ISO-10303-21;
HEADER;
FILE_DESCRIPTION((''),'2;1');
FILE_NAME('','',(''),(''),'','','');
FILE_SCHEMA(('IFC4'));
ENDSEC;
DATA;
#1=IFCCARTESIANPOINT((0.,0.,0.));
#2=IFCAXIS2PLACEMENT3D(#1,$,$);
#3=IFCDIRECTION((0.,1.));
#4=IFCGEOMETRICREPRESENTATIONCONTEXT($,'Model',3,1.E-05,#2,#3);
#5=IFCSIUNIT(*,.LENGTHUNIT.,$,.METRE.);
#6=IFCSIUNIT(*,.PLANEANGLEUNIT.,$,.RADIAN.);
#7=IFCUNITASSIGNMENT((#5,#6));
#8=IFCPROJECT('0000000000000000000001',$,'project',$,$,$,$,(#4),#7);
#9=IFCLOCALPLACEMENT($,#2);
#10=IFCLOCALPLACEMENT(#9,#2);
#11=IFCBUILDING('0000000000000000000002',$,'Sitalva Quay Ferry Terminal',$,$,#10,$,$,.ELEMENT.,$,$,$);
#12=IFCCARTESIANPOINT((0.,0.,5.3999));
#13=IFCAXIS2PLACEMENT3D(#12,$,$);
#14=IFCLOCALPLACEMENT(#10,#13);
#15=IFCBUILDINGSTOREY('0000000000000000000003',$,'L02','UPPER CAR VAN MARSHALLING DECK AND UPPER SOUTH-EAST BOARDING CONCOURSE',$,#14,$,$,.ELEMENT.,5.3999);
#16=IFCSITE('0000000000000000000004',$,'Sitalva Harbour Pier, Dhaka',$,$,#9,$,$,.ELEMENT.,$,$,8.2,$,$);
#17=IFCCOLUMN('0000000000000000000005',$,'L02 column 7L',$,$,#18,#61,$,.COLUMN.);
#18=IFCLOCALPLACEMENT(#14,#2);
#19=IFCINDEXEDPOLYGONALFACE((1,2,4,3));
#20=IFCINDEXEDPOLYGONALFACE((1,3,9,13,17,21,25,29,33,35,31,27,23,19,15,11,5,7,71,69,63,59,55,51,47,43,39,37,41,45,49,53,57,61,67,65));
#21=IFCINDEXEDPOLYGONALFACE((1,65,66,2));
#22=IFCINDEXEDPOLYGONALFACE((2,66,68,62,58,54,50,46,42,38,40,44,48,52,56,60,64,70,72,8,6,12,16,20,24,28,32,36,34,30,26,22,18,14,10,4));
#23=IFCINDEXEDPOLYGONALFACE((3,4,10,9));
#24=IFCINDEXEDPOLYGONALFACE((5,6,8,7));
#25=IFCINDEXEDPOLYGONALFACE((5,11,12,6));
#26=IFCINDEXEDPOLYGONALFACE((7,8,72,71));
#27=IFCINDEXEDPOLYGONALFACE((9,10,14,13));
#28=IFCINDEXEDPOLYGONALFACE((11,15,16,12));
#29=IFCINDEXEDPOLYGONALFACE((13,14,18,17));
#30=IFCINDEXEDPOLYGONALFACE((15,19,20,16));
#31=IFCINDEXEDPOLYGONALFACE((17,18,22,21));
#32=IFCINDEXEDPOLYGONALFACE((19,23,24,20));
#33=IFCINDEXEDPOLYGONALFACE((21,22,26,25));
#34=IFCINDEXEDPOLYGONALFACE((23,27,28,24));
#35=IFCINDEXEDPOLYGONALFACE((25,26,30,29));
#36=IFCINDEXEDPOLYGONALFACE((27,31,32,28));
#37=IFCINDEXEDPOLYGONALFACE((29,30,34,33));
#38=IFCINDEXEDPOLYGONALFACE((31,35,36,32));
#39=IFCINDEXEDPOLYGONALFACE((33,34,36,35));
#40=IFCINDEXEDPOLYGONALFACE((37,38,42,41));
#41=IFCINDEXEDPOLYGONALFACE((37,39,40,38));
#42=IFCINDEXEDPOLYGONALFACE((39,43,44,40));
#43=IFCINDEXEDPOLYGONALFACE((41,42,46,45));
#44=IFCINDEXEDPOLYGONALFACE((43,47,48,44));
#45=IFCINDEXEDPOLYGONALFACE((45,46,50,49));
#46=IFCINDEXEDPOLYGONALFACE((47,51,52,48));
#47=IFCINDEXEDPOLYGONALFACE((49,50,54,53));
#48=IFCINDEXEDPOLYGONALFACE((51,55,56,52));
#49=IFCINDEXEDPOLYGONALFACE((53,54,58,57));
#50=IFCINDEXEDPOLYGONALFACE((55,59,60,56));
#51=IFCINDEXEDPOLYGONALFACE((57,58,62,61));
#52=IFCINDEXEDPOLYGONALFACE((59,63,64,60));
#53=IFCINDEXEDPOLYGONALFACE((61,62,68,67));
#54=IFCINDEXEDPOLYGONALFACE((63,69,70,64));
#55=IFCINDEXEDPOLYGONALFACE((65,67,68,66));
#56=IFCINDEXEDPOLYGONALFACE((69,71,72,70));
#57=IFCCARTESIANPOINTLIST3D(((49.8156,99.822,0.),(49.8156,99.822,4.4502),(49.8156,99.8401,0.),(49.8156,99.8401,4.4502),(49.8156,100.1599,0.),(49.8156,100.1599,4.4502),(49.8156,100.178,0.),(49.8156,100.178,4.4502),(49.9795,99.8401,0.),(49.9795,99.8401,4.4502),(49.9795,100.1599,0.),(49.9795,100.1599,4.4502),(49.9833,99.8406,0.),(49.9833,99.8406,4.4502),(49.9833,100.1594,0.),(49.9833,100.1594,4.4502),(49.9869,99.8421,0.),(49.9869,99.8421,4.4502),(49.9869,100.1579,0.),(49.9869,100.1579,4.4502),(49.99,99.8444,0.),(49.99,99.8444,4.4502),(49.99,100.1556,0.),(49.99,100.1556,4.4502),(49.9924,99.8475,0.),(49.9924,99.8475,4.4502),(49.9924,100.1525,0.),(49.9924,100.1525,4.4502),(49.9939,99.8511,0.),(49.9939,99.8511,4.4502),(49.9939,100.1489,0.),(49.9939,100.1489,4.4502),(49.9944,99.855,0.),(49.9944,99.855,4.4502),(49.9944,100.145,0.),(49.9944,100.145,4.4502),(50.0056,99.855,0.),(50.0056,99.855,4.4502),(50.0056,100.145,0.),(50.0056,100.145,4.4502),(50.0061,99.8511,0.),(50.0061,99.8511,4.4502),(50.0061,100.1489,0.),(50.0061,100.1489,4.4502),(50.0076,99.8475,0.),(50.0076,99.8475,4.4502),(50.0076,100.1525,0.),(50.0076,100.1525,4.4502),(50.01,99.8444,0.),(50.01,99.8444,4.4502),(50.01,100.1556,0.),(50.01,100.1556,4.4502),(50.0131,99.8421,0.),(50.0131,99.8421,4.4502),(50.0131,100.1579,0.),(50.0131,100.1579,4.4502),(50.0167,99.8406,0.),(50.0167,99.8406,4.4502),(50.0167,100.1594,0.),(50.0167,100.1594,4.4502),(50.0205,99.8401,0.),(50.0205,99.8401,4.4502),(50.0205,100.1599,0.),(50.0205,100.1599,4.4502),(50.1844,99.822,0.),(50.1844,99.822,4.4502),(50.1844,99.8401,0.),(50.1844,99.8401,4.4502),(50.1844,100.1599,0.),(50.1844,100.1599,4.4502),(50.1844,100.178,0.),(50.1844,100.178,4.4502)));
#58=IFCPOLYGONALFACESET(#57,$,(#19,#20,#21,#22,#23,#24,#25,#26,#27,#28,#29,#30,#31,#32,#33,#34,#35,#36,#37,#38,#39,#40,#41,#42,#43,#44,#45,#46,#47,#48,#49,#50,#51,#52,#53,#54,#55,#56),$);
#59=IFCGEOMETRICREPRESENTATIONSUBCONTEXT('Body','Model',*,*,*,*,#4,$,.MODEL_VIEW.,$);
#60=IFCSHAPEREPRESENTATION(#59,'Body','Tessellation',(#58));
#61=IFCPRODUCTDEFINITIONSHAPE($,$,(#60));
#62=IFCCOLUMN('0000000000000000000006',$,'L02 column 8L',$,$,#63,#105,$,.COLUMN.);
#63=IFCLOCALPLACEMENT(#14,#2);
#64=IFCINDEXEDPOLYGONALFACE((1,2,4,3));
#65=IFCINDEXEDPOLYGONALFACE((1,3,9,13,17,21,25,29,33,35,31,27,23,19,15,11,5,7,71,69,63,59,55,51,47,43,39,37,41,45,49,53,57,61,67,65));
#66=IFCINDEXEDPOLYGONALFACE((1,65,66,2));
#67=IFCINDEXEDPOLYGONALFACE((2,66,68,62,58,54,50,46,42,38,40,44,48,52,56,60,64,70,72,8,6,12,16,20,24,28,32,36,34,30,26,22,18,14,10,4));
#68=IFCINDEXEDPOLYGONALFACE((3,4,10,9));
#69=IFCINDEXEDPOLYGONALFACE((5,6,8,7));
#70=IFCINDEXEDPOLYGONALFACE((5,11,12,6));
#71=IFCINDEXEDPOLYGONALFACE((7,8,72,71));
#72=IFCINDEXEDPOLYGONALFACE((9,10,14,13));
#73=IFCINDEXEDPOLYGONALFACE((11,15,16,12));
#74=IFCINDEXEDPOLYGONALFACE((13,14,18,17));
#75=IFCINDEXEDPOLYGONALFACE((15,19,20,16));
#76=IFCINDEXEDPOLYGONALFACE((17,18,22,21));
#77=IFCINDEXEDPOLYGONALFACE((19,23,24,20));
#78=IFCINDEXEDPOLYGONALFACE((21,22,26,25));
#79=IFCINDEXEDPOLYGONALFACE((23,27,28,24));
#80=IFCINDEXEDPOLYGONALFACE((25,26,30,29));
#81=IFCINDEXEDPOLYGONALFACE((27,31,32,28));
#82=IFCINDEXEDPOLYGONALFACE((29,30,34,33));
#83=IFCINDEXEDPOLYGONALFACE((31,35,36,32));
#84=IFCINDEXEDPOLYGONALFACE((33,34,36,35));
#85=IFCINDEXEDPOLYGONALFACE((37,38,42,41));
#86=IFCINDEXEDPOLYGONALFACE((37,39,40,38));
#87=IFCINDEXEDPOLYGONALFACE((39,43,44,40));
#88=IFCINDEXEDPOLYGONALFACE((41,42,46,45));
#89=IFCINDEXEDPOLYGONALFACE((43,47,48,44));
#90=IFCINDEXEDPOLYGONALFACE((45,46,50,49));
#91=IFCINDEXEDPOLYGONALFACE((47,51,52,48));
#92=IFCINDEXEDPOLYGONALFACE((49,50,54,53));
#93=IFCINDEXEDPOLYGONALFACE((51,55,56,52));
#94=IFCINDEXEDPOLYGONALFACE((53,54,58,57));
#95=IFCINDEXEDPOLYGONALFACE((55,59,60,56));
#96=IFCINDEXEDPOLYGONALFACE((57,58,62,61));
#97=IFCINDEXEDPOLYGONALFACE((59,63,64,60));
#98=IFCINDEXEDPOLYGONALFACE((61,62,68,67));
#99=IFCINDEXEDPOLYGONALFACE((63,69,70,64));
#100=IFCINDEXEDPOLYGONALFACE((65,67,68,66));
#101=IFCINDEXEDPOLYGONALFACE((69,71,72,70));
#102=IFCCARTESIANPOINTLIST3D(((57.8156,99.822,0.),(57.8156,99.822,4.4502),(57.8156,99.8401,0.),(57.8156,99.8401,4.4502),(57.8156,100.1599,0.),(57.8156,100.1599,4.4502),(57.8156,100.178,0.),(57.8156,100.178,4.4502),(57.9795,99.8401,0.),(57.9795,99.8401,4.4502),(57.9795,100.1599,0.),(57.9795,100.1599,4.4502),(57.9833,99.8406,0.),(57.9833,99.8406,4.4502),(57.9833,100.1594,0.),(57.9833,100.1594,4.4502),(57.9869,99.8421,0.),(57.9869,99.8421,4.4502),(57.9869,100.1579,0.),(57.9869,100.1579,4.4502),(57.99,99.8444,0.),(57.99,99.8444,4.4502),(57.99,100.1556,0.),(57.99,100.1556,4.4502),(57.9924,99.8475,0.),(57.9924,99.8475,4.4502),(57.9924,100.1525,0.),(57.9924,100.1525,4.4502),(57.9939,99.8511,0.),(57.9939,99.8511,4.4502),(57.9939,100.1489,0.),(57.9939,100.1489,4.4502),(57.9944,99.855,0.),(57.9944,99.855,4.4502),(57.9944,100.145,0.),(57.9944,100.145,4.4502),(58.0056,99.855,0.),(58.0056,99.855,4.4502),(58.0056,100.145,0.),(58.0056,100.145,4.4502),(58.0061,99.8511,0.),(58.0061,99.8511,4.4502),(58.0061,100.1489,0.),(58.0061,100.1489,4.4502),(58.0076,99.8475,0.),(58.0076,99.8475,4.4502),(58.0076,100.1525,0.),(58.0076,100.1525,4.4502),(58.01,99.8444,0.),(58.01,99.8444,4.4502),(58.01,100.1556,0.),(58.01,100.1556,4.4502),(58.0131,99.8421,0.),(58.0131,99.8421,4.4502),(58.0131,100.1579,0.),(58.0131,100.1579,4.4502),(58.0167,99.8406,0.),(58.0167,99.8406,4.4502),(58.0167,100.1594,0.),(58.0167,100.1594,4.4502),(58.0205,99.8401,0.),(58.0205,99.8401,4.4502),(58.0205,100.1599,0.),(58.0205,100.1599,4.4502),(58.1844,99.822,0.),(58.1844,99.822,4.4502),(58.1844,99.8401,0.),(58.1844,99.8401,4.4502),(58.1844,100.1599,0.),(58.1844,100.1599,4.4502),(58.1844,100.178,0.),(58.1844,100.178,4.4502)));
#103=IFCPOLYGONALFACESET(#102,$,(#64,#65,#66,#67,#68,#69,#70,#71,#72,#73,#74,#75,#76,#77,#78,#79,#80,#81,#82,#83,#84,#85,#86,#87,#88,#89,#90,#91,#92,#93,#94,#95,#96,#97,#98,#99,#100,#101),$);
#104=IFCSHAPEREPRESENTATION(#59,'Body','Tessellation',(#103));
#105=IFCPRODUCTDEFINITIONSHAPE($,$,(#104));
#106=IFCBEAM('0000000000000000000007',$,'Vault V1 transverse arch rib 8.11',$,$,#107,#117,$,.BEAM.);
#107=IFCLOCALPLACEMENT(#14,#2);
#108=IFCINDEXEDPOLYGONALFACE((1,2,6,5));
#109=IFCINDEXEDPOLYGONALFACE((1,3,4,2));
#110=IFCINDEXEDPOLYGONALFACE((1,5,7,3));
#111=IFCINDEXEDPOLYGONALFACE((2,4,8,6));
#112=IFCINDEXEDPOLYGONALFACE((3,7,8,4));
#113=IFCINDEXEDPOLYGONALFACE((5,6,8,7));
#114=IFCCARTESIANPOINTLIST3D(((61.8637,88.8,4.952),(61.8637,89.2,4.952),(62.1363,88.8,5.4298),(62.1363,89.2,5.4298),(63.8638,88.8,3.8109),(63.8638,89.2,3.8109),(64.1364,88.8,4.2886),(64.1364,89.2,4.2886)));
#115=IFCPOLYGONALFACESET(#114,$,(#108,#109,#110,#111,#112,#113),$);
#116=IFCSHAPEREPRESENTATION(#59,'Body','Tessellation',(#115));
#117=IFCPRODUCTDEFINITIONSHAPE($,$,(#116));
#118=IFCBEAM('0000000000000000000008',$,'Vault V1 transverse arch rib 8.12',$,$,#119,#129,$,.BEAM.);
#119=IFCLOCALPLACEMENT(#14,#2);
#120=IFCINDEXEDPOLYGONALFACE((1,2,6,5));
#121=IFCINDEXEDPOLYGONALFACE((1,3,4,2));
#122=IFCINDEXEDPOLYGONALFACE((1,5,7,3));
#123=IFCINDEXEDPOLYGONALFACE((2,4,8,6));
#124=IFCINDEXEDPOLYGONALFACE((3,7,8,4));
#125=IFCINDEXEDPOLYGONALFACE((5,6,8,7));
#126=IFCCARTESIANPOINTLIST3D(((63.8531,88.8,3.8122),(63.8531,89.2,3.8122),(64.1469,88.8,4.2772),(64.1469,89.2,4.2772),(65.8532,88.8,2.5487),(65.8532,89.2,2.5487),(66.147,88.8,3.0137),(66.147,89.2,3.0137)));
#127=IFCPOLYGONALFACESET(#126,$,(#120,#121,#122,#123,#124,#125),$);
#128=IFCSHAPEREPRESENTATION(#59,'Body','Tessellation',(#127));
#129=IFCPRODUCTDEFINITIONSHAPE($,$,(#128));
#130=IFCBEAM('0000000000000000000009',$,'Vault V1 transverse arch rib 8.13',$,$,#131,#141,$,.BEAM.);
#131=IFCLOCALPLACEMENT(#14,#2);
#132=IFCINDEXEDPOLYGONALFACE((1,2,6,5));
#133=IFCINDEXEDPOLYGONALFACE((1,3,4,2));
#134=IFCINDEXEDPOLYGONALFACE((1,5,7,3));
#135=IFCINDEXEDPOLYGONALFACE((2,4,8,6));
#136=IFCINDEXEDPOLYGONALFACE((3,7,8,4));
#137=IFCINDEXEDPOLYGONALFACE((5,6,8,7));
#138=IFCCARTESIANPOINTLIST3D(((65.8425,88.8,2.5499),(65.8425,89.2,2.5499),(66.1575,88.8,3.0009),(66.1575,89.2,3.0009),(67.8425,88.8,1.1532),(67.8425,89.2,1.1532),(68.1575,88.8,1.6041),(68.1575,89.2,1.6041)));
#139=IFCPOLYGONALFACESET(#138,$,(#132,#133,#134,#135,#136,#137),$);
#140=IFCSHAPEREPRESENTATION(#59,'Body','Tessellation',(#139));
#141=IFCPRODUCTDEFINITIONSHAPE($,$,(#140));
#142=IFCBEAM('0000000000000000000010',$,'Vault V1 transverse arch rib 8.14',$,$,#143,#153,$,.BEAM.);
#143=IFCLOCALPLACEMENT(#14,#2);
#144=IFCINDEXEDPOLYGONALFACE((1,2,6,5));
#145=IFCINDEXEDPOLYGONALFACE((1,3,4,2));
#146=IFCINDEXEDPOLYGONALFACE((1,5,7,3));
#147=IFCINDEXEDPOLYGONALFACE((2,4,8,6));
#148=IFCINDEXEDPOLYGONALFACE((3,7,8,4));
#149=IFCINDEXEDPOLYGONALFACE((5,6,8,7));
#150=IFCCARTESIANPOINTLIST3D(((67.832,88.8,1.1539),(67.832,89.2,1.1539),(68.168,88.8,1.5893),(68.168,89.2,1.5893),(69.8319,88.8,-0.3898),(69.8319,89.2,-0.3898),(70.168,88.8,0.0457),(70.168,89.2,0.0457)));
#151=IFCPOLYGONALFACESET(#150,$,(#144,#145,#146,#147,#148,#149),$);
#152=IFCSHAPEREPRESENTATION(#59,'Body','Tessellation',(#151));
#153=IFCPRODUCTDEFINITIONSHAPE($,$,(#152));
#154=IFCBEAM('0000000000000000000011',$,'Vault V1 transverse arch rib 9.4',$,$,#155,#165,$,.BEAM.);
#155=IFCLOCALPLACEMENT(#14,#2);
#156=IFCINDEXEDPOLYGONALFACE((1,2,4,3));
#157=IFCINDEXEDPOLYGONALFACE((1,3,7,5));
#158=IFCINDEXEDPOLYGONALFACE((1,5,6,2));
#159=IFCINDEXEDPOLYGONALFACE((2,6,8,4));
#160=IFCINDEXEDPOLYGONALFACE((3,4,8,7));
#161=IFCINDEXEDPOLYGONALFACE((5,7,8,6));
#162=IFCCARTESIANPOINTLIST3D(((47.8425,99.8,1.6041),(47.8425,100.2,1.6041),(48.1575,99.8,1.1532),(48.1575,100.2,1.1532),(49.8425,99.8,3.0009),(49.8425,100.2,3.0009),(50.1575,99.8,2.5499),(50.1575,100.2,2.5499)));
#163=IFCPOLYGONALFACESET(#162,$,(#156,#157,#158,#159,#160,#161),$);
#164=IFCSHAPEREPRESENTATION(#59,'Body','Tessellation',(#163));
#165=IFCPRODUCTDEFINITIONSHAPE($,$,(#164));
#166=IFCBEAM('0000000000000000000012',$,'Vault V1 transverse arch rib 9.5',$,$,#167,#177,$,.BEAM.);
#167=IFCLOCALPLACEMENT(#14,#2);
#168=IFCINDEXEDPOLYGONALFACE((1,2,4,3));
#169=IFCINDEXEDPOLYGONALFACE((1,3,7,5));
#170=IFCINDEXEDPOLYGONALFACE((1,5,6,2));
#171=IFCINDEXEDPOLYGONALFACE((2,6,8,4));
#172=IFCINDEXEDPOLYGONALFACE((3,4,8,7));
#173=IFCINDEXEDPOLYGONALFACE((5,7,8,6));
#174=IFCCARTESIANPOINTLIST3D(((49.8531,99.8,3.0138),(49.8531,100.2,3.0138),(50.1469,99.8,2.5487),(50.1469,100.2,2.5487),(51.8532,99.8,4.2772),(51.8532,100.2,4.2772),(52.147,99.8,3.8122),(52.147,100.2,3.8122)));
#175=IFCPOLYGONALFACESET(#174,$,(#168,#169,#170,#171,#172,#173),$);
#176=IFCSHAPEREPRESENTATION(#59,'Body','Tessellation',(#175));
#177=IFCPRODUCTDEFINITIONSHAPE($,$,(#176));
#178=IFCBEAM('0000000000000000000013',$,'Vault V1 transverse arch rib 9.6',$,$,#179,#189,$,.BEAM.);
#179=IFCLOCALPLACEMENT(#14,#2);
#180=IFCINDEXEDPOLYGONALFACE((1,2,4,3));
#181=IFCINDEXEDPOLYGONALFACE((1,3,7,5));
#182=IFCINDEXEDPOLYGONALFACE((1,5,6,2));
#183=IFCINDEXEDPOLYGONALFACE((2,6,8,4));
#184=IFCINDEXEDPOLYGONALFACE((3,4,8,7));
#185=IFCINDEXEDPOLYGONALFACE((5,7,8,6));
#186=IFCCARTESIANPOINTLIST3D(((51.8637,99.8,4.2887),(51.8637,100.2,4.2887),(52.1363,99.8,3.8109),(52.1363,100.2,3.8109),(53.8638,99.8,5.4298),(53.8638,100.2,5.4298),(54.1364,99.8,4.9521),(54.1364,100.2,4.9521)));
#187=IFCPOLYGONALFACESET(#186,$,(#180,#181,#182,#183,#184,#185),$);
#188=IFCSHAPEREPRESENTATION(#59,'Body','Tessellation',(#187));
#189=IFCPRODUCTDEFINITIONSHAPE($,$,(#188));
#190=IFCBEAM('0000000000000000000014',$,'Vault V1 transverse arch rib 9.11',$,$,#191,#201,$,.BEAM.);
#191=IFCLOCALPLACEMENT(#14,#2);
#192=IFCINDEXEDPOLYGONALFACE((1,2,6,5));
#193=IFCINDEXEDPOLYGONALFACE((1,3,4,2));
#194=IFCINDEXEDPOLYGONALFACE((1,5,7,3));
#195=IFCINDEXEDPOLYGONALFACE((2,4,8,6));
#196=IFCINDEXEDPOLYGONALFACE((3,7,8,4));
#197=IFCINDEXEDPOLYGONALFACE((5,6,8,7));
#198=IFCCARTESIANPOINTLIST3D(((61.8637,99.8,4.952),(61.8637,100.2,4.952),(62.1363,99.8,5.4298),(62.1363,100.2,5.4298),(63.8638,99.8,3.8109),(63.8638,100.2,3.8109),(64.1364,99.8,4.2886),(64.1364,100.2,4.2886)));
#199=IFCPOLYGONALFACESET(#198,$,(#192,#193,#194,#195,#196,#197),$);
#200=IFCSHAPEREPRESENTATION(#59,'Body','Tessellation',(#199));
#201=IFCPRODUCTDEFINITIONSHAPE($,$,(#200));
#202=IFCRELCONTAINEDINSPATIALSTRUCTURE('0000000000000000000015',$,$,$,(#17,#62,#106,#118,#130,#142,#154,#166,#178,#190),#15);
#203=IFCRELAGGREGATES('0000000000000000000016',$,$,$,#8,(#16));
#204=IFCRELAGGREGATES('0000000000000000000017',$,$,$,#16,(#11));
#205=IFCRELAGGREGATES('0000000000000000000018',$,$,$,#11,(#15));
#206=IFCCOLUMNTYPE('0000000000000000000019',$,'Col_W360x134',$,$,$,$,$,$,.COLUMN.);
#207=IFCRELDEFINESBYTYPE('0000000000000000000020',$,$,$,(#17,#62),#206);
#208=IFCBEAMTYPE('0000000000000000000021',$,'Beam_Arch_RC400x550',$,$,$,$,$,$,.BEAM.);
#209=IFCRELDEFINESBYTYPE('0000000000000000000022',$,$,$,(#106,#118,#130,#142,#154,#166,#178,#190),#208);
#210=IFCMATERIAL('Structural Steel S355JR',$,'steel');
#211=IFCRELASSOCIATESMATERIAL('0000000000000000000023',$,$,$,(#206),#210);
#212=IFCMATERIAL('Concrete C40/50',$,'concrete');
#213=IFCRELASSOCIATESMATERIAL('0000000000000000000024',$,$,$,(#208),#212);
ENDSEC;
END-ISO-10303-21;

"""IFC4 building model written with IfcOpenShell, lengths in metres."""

from ifc_helpers import new_model, si_unit, direction, frame, origin, origin_2d, place, context, subcontext, project, spatial, rectangle, i_section, extrude, material, material_profile, profile_set, type_object, element, save


model = new_model("IFC4")

# Units and contexts
model_context = context("Model", 3, precision=1e-05, world=origin(), true_north=direction((0.0, 1.0)))
body_context = subcontext(model_context, "Body", "Model", "MODEL_VIEW")
ifc_project = project(units=[si_unit("LENGTHUNIT", "METRE"), si_unit("PLANEANGLEUNIT", "RADIAN")], contexts=[model_context])

# Site, building, storey
site_placement = place(None, origin())
site = spatial("IfcSite", under=ifc_project, at=site_placement, Name="Sitalva Harbour Pier, Dhaka", CompositionType="ELEMENT", RefElevation=8.2)
building_placement = place(site_placement, origin())
building = spatial("IfcBuilding", under=site, at=building_placement, Name="Sitalva Quay Ferry Terminal", CompositionType="ELEMENT")
storey_placement = place(building_placement, frame((0.0, 0.0, 5.3999)))
storey = spatial("IfcBuildingStorey", under=building, at=storey_placement, Name="L02", Description="UPPER CAR VAN MARSHALLING DECK AND UPPER SOUTH-EAST BOARDING CONCOURSE", CompositionType="ELEMENT", Elevation=5.3999)

# Columns
ifc_material_1 = material(Name="Structural Steel S355JR", Category="steel")
ifc_material_profile_1 = material_profile(ifc_material_1, i_section(OverallWidth=0.3689, OverallDepth=0.356, WebThickness=0.0112, FlangeThickness=0.0181, FilletRadius=0.0149, at=origin_2d()), Name="W360x134")
ifc_profile_set_1 = profile_set([ifc_material_profile_1], Name="Structural Steel S355JR")
column_type = type_object("IfcColumnType", Name="Col_W360x134", PredefinedType="COLUMN", material=ifc_profile_set_1)
for number, where, z_axis, x_axis, name in (
    (1, (50.0, 100.0, 0.0), (0.0, 0.0, 1.0), (1.0, 0.0, 0.0), "L02 column 7L"),
    (2, (58.0, 100.0, 0.0), (0.0, 0.0, 1.0), (1.0, 0.0, 0.0), "L02 column 8L"),
):
    element("IfcColumn", number, at=place(storey_placement, frame(where, z_axis=z_axis, x_axis=x_axis)), inside=storey, type_object=column_type, Name=name, PredefinedType="COLUMN", context=body_context, shape_type="SweptSolid", body=[
        extrude(i_section(OverallWidth=0.3689, OverallDepth=0.356, WebThickness=0.0112, FlangeThickness=0.0181, FilletRadius=0.0149, at=origin_2d()), origin(), (0.0, 0.0, 1.0), 4.4502),
    ])

# Beams
ifc_material_2 = material(Name="Concrete C40/50", Category="concrete")
ifc_material_profile_2 = material_profile(ifc_material_2, rectangle(XDim=0.3999, YDim=0.55, at=origin_2d()), Name="RC400x550")
ifc_profile_set_2 = profile_set([ifc_material_profile_2], Name="Concrete C40/50")
beam_type_1 = type_object("IfcBeamType", Name="Beam_Arch_RC400x550", PredefinedType="BEAM", material=ifc_profile_set_2)
beam_1_placement = place(storey_placement, frame((62.0, 89.0, 5.1909), z_axis=(0.868569, 0.0, -0.495568), x_axis=(0.0, 1.0, 0.0)))
element("IfcBeam", 3, at=beam_1_placement, inside=storey, type_object=beam_type_1, Name="Vault V1 transverse arch rib 8.11", PredefinedType="BEAM", context=body_context, shape_type="SweptSolid", body=[
    extrude(rectangle(XDim=0.3999, YDim=0.55, at=origin_2d()), origin(), (0.0, 0.0, 1.0), 2.3027),
])
beam_2_placement = place(storey_placement, frame((64.0, 89.0, 4.0447), z_axis=(0.845437, 0.0, -0.534075), x_axis=(0.0, 1.0, 0.0)))
element("IfcBeam", 4, at=beam_2_placement, inside=storey, type_object=beam_type_1, Name="Vault V1 transverse arch rib 8.12", PredefinedType="BEAM", context=body_context, shape_type="SweptSolid", body=[
    extrude(rectangle(XDim=0.3999, YDim=0.55, at=origin_2d()), origin(), (0.0, 0.0, 1.0), 2.3657),
])
beam_3_placement = place(storey_placement, frame((66.0, 89.0, 2.7754), z_axis=(0.819861, 0.0, -0.572562), x_axis=(0.0, 1.0, 0.0)))
element("IfcBeam", 5, at=beam_3_placement, inside=storey, type_object=beam_type_1, Name="Vault V1 transverse arch rib 8.13", PredefinedType="BEAM", context=body_context, shape_type="SweptSolid", body=[
    extrude(rectangle(XDim=0.3999, YDim=0.55, at=origin_2d()), origin(), (0.0, 0.0, 1.0), 2.4395),
])
beam_4_placement = place(storey_placement, frame((68.0, 89.0, 1.3716), z_axis=(0.791621, 0.0, -0.611013), x_axis=(0.0, 1.0, 0.0)))
element("IfcBeam", 6, at=beam_4_placement, inside=storey, type_object=beam_type_1, Name="Vault V1 transverse arch rib 8.14", PredefinedType="BEAM", context=body_context, shape_type="SweptSolid", body=[
    extrude(rectangle(XDim=0.3999, YDim=0.55, at=origin_2d()), origin(), (0.0, 0.0, 1.0), 2.5264),
])
beam_5_placement = place(storey_placement, frame((48.0, 100.0, 1.3787), z_axis=(0.819861, 0.0, 0.572562), x_axis=(0.0, 1.0, 0.0)))
element("IfcBeam", 7, at=beam_5_placement, inside=storey, type_object=beam_type_1, Name="Vault V1 transverse arch rib 9.4", PredefinedType="BEAM", context=body_context, shape_type="SweptSolid", body=[
    extrude(rectangle(XDim=0.3999, YDim=0.55, at=origin_2d()), origin(), (0.0, 0.0, 1.0), 2.4395),
])
beam_6_placement = place(storey_placement, frame((50.0, 100.0, 2.7812), z_axis=(0.845437, 0.0, 0.534075), x_axis=(0.0, 1.0, 0.0)))
element("IfcBeam", 8, at=beam_6_placement, inside=storey, type_object=beam_type_1, Name="Vault V1 transverse arch rib 9.5", PredefinedType="BEAM", context=body_context, shape_type="SweptSolid", body=[
    extrude(rectangle(XDim=0.3999, YDim=0.55, at=origin_2d()), origin(), (0.0, 0.0, 1.0), 2.3657),
])
for number, where, z_axis, x_axis, name in (
    (9, (52.0, 100.0, 4.0498), (0.868569, 0.0, 0.495568), (0.0, 1.0, 0.0), "Vault V1 transverse arch rib 9.6"),
    (10, (62.0, 100.0, 5.1909), (0.868569, 0.0, -0.495568), (0.0, 1.0, 0.0), "Vault V1 transverse arch rib 9.11"),
):
    element("IfcBeam", number, at=place(storey_placement, frame(where, z_axis=z_axis, x_axis=x_axis)), inside=storey, type_object=beam_type_1, Name=name, PredefinedType="BEAM", context=body_context, shape_type="SweptSolid", body=[
        extrude(rectangle(XDim=0.3999, YDim=0.55, at=origin_2d()), origin(), (0.0, 0.0, 1.0), 2.3027),
    ])

save(model, "model.ifc")
